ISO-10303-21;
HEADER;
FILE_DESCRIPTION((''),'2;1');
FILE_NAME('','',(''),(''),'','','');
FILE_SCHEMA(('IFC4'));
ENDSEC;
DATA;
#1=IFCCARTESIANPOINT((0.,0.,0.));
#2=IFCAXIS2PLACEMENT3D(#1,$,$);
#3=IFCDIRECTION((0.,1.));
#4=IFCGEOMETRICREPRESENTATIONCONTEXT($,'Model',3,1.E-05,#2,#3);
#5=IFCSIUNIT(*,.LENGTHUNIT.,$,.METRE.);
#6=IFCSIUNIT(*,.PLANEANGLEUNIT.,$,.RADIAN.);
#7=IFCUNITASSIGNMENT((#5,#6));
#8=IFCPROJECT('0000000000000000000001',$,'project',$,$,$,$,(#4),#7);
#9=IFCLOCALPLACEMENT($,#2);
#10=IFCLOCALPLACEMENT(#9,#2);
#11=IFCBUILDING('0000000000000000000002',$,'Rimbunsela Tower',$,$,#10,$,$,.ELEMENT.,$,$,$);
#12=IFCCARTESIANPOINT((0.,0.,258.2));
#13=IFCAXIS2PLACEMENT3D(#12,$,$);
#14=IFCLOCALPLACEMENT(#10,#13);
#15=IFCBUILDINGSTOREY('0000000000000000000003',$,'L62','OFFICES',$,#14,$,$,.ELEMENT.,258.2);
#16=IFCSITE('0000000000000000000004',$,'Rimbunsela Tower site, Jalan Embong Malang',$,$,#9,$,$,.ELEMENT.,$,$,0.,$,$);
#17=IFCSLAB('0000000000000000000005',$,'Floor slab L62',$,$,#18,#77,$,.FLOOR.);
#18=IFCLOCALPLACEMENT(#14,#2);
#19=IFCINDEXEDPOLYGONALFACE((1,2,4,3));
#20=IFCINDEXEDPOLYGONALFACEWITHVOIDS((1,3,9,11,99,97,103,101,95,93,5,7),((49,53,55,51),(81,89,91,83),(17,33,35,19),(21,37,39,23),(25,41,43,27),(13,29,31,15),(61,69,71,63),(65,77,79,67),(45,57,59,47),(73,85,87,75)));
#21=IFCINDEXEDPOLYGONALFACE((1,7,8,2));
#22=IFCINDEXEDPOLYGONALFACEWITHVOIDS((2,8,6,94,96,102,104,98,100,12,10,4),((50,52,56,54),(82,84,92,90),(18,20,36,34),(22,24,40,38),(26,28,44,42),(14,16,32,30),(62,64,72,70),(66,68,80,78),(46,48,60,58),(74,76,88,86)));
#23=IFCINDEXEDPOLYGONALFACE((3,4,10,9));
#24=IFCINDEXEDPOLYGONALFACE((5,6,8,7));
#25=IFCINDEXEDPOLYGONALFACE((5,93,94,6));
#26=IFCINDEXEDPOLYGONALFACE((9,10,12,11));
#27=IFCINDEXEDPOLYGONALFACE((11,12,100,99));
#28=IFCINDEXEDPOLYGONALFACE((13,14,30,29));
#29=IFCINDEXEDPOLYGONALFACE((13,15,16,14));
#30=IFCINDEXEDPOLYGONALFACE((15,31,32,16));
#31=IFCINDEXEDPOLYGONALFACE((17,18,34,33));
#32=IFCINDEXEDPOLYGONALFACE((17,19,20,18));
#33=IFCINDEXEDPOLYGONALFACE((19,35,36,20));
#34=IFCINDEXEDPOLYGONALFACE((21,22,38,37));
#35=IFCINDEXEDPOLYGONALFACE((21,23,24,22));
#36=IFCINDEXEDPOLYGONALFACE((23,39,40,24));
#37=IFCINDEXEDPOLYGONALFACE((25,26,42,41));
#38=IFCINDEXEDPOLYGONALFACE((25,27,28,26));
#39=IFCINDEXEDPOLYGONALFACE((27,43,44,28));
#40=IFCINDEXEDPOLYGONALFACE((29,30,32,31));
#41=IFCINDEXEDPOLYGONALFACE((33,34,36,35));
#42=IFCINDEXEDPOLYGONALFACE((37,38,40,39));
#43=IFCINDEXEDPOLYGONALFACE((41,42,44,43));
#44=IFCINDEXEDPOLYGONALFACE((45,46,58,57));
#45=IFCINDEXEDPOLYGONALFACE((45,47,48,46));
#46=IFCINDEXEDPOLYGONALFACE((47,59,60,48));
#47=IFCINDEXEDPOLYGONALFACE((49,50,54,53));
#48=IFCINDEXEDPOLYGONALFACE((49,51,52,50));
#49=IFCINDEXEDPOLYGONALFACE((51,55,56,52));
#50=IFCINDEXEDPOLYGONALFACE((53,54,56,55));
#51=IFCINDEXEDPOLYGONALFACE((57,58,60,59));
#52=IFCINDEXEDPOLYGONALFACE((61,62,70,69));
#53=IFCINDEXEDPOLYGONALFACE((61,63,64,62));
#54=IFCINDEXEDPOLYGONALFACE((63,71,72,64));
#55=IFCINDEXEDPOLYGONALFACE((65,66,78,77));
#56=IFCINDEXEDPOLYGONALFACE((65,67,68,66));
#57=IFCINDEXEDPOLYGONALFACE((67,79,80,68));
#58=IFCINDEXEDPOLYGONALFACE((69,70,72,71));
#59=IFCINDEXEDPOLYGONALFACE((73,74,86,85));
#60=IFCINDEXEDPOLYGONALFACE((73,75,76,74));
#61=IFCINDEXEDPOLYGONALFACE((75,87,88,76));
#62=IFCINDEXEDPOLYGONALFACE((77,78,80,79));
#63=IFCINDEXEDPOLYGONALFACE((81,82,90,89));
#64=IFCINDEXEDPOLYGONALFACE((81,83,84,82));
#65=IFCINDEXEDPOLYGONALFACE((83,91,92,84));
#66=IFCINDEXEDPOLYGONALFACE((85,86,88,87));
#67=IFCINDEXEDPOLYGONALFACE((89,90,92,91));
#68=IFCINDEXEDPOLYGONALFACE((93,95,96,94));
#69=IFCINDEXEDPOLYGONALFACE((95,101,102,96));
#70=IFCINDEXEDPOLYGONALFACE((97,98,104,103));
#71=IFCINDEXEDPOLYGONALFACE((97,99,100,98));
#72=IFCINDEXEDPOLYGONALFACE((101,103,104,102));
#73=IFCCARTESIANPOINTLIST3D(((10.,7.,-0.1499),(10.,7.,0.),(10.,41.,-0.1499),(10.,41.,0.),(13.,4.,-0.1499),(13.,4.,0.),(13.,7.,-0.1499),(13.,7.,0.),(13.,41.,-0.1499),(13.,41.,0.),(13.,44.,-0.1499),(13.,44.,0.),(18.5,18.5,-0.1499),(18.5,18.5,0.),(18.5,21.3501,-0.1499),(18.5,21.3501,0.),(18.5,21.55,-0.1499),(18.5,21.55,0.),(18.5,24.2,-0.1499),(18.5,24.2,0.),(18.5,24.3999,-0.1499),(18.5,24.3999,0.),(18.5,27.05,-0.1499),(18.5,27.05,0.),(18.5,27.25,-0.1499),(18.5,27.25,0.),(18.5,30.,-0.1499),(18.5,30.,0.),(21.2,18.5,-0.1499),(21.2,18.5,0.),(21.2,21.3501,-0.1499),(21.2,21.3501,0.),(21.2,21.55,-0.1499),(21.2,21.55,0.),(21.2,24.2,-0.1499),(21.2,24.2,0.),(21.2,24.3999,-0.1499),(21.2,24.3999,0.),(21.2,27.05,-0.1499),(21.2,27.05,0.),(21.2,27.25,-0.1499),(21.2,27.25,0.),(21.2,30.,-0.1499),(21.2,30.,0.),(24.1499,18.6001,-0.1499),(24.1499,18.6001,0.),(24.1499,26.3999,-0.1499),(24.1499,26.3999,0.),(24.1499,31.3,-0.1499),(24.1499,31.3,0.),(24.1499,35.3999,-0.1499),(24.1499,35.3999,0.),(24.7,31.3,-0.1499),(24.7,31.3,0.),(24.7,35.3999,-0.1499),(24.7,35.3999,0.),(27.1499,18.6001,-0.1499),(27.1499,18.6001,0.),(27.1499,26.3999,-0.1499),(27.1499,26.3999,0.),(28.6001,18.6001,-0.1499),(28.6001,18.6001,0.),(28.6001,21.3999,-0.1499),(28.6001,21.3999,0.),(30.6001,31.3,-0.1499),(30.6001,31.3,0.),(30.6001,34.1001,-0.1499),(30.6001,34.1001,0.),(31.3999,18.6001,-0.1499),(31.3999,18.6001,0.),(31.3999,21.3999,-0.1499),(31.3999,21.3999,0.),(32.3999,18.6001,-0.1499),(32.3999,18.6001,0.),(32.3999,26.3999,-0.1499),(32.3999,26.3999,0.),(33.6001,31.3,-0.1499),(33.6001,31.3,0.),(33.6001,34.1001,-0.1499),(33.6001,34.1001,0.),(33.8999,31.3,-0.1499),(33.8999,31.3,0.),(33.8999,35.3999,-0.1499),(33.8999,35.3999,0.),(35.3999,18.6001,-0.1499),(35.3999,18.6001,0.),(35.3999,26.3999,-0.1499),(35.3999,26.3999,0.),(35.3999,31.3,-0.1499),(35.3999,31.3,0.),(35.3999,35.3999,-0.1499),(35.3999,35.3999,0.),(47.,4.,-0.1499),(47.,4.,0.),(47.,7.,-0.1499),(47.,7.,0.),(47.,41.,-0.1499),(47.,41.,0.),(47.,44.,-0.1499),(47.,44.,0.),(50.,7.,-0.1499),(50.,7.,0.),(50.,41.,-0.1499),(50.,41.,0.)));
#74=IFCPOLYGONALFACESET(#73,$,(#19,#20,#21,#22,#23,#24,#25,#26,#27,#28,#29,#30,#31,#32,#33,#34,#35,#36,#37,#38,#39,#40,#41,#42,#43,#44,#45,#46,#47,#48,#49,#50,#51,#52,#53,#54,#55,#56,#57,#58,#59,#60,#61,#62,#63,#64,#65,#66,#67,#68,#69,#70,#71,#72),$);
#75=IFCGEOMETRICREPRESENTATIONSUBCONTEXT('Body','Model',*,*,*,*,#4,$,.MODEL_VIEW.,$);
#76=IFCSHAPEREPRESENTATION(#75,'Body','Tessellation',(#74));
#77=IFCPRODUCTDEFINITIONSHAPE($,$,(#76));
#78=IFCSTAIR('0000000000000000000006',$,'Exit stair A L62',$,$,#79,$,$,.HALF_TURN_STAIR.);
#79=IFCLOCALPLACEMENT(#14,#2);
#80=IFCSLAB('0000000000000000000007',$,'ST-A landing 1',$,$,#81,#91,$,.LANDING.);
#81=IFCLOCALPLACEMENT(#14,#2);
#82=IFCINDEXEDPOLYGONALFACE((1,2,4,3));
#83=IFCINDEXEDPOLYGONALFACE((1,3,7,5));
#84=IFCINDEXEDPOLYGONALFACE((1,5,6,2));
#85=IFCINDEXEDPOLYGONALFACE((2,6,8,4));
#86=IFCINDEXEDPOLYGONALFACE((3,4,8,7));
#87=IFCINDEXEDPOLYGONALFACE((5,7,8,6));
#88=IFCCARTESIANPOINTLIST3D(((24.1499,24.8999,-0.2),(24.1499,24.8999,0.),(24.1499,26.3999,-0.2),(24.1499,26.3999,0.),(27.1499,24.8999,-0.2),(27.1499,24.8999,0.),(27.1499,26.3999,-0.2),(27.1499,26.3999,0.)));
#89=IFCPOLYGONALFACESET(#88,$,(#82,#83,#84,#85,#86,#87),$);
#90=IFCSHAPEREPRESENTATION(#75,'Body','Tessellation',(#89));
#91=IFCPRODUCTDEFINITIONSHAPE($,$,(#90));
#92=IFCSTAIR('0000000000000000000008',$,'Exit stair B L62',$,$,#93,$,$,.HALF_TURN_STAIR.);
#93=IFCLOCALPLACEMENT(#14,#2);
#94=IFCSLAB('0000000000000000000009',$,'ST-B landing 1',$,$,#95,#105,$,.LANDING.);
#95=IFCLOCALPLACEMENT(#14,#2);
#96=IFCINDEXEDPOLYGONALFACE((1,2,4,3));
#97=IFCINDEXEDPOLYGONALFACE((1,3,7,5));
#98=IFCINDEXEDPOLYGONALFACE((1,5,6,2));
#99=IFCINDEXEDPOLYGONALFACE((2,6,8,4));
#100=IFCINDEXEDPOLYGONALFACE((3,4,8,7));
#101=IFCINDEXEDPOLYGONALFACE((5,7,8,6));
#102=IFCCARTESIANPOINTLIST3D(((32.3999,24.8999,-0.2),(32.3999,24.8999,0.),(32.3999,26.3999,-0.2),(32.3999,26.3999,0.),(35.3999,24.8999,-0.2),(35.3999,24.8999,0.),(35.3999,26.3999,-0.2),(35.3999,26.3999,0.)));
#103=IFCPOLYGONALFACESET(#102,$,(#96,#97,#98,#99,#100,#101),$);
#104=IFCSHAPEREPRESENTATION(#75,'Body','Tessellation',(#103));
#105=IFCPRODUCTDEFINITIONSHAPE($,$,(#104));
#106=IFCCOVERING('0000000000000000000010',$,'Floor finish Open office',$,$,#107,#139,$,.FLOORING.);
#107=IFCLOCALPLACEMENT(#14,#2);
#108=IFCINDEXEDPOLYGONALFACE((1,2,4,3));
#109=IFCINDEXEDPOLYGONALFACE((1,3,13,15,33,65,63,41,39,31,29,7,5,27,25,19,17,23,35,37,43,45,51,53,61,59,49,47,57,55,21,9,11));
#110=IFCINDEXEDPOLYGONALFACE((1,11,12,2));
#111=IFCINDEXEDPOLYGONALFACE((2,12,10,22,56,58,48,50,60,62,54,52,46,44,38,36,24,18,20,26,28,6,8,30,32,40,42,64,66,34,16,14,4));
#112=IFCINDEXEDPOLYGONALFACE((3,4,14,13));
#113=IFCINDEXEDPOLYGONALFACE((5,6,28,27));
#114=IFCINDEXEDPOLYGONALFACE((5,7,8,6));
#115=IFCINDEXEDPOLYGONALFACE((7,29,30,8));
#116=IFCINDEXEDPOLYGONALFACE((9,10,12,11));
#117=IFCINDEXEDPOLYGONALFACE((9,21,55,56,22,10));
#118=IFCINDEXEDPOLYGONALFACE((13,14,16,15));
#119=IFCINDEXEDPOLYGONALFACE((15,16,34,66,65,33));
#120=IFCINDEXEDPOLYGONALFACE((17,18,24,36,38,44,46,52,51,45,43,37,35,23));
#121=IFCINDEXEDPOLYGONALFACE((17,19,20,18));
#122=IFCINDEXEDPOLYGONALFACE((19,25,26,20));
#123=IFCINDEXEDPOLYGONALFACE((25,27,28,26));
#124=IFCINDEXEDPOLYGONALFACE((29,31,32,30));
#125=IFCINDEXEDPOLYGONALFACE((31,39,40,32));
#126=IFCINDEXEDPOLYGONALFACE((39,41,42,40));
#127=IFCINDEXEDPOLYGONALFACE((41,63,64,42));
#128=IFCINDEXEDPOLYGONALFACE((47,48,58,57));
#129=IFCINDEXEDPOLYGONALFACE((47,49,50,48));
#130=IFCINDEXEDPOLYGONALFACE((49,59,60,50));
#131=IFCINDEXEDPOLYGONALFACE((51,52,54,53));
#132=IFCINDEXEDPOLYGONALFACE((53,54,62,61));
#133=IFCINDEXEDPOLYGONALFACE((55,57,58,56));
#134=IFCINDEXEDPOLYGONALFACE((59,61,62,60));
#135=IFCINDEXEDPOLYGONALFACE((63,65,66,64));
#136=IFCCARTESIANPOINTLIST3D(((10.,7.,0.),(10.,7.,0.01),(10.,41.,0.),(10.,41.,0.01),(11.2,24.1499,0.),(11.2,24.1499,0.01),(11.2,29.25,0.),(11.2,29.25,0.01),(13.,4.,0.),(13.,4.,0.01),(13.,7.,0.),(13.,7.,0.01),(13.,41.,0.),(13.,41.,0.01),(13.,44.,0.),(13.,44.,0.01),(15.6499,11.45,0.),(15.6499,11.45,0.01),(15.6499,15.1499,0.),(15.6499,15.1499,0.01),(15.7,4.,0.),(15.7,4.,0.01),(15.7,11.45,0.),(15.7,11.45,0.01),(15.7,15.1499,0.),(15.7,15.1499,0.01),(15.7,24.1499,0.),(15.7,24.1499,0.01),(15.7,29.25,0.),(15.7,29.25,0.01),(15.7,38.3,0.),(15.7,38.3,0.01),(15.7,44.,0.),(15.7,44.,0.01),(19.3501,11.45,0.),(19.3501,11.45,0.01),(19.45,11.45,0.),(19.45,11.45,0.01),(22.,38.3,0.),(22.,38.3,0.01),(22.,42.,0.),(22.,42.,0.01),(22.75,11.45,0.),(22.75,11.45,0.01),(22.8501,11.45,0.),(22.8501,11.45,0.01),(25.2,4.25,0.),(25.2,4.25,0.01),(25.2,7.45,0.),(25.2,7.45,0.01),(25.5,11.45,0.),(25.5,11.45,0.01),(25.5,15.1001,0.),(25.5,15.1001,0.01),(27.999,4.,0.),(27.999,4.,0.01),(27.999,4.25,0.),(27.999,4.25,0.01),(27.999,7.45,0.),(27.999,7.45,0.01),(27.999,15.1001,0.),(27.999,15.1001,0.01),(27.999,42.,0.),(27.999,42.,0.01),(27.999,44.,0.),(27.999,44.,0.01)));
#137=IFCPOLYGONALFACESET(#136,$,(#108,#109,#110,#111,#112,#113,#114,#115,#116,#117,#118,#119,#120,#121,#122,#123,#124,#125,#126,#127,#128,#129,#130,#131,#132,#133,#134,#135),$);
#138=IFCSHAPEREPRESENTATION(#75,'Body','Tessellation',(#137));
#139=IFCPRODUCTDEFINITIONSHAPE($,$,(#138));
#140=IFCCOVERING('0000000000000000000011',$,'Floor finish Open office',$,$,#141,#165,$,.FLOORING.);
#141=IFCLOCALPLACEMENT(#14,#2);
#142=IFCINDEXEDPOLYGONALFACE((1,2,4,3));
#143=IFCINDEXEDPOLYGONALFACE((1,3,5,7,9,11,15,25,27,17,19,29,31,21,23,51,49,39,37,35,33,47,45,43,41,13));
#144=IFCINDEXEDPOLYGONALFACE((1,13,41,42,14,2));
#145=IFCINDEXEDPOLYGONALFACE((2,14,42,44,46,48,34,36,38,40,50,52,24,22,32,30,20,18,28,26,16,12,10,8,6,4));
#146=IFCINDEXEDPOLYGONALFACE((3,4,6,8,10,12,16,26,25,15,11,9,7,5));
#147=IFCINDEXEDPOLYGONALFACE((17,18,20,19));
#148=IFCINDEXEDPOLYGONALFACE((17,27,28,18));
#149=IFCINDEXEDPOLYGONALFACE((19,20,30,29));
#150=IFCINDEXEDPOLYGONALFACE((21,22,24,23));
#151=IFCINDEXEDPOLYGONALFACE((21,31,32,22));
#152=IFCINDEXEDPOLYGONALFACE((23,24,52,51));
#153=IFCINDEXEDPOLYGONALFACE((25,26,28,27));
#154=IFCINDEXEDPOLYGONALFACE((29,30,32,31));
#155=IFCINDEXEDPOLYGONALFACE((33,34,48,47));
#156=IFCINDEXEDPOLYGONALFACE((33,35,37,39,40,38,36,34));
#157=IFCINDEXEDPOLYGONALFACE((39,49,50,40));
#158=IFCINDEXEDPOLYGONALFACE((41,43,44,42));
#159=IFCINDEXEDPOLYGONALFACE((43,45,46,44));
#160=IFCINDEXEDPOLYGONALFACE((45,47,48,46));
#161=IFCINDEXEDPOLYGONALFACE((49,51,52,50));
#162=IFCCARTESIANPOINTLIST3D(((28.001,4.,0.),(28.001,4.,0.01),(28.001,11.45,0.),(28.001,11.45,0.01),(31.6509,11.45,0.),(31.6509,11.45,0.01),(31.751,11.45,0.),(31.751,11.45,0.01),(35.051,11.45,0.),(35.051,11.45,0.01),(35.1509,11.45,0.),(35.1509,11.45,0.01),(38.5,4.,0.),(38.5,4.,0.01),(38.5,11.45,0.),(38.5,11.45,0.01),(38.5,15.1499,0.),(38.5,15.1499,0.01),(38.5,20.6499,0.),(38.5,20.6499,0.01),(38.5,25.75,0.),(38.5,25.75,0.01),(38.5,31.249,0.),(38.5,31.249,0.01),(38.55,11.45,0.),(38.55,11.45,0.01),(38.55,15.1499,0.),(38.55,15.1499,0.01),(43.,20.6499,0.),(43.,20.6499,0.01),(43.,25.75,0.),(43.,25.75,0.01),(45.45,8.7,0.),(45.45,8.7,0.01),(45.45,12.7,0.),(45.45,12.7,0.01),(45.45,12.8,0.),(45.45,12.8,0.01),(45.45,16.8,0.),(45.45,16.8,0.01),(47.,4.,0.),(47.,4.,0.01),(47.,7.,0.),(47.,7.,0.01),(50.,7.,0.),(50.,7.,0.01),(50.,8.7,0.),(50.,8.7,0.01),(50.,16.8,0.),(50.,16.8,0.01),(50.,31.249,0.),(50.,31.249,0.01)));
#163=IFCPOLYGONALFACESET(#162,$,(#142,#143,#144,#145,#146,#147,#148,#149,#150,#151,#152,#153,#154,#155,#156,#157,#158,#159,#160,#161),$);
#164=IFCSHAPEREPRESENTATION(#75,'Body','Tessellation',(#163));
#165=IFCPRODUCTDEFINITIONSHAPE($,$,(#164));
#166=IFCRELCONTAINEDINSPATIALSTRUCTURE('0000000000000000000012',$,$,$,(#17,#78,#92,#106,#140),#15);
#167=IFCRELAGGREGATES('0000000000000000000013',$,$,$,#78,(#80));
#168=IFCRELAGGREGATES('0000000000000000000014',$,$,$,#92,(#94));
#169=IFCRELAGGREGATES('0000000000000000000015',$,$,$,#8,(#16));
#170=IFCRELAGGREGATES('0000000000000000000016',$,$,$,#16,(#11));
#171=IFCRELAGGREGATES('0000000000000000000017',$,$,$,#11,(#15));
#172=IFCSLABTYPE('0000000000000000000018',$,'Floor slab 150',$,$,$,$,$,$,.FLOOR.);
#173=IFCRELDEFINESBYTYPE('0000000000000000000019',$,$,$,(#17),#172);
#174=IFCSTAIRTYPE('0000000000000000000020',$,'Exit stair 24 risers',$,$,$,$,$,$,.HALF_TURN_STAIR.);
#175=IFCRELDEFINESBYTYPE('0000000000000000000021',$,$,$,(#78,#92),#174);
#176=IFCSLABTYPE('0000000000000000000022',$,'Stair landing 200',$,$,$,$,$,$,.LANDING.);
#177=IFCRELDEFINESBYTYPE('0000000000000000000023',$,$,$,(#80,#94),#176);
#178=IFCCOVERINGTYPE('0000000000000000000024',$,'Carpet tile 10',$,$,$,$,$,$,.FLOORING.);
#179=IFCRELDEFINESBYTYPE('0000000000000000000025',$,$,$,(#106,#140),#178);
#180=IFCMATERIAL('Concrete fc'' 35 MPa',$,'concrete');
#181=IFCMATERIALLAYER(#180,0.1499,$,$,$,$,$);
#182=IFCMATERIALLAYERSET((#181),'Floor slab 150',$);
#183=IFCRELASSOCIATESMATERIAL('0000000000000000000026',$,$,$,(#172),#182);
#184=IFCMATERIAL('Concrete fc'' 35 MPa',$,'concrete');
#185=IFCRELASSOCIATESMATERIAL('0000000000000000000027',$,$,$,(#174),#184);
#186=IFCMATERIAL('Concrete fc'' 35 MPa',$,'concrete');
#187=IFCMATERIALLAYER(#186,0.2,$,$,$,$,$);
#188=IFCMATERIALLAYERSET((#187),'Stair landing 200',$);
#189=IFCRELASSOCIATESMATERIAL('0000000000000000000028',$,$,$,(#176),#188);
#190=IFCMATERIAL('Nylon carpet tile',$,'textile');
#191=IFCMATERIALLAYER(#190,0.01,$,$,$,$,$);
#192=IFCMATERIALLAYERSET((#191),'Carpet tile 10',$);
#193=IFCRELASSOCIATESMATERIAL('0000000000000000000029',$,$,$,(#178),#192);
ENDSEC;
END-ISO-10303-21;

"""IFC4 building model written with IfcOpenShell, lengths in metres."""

from ifc_helpers import new_model, si_unit, direction, frame, origin, place, context, subcontext, project, spatial, polyline, outline, extrude, material, layer, layer_set, type_object, element, aggregate, save


model = new_model("IFC4")

# Units and contexts
model_context = context("Model", 3, precision=1e-05, world=origin(), true_north=direction((0.0, 1.0)))
body_context = subcontext(model_context, "Body", "Model", "MODEL_VIEW")
ifc_project = project(units=[si_unit("LENGTHUNIT", "METRE"), si_unit("PLANEANGLEUNIT", "RADIAN")], contexts=[model_context])

# Site, building, storey
site_placement = place(None, origin())
site = spatial("IfcSite", under=ifc_project, at=site_placement, Name="Rimbunsela Tower site, Jalan Embong Malang", CompositionType="ELEMENT", RefElevation=0.0)
building_placement = place(site_placement, origin())
building = spatial("IfcBuilding", under=site, at=building_placement, Name="Rimbunsela Tower", CompositionType="ELEMENT")
storey_placement = place(building_placement, frame((0.0, 0.0, 258.2)))
storey = spatial("IfcBuildingStorey", under=building, at=storey_placement, Name="L62", Description="OFFICES", CompositionType="ELEMENT", Elevation=258.2)

# Slab
ifc_material_1 = material(Name="Concrete fc' 35 MPa", Category="concrete")
ifc_layer_1 = layer(ifc_material_1, 0.1499)
ifc_layer_set_1 = layer_set([ifc_layer_1], Name="Floor slab 150")
slab_type_1 = type_object("IfcSlabType", Name="Floor slab 150", PredefinedType="FLOOR", material=ifc_layer_set_1)
slab_1_placement = place(storey_placement, frame((0.0, 0.0, -0.1499)))
element("IfcSlab", 1, at=slab_1_placement, inside=storey, type_object=slab_type_1, Name="Floor slab L62", PredefinedType="FLOOR", context=body_context, shape_type="SweptSolid", body=[
    extrude(outline(polyline([(13.0, 4.0), (47.0, 4.0), (47.0, 7.0), (50.0, 7.0), (50.0, 41.0), (47.0, 41.0), (47.0, 44.0), (13.0, 44.0), (13.0, 41.0), (10.0, 41.0), (10.0, 7.0), (13.0, 7.0), (13.0, 4.0)]), holes=[polyline([(21.2, 21.3501), (18.5, 21.3501), (18.5, 18.5), (21.2, 18.5), (21.2, 21.3501)]), polyline([(21.2, 21.55), (21.2, 24.2), (18.5, 24.2), (18.5, 21.55), (21.2, 21.55)]), polyline([(21.2, 27.05), (18.5, 27.05), (18.5, 24.3999), (21.2, 24.3999), (21.2, 27.05)]), polyline([(21.2, 30.0), (18.5, 30.0), (18.5, 27.25), (21.2, 27.25), (21.2, 30.0)]), polyline([(27.1499, 26.3999), (24.1499, 26.3999), (24.1499, 18.6001), (27.1499, 18.6001), (27.1499, 26.3999)]), polyline([(24.7, 31.3), (24.7, 35.3999), (24.1499, 35.3999), (24.1499, 31.3), (24.7, 31.3)]), polyline([(31.3999, 21.3999), (28.6001, 21.3999), (28.6001, 18.6001), (31.3999, 18.6001), (31.3999, 21.3999)]), polyline([(33.6001, 34.1001), (30.6001, 34.1001), (30.6001, 31.3), (33.6001, 31.3), (33.6001, 34.1001)]), polyline([(35.3999, 18.6001), (35.3999, 26.3999), (32.3999, 26.3999), (32.3999, 18.6001), (35.3999, 18.6001)]), polyline([(35.3999, 31.3), (35.3999, 35.3999), (33.8999, 35.3999), (33.8999, 31.3), (35.3999, 31.3)])]), origin(), (0.0, 0.0, 1.0), 0.1499),
])

# Stairs, slabs
ifc_material_2 = material(Name="Concrete fc' 35 MPa", Category="concrete")
stair_type = type_object("IfcStairType", Name="Exit stair 24 risers", PredefinedType="HALF_TURN_STAIR", material=ifc_material_2)
stair_1_placement = place(storey_placement, origin())
stair_1 = element("IfcStair", 2, at=stair_1_placement, inside=storey, type_object=stair_type, Name="Exit stair A L62", PredefinedType="HALF_TURN_STAIR")
ifc_material_3 = material(Name="Concrete fc' 35 MPa", Category="concrete")
ifc_layer_2 = layer(ifc_material_3, 0.2)
ifc_layer_set_2 = layer_set([ifc_layer_2], Name="Stair landing 200")
slab_type_2 = type_object("IfcSlabType", Name="Stair landing 200", PredefinedType="LANDING", material=ifc_layer_set_2)
slab_2_placement = place(storey_placement, frame((0.0, 0.0, -0.2)))
slab_2 = element("IfcSlab", 3, at=slab_2_placement, type_object=slab_type_2, Name="ST-A landing 1", PredefinedType="LANDING", context=body_context, shape_type="SweptSolid", body=[
    extrude(outline(polyline([(24.1499, 24.8999), (27.1499, 24.8999), (27.1499, 26.3999), (24.1499, 26.3999), (24.1499, 24.8999)])), origin(), (0.0, 0.0, 1.0), 0.2),
])
aggregate(stair_1, [slab_2])
stair_2_placement = place(storey_placement, origin())
stair_2 = element("IfcStair", 4, at=stair_2_placement, inside=storey, type_object=stair_type, Name="Exit stair B L62", PredefinedType="HALF_TURN_STAIR")
slab_3_placement = place(storey_placement, frame((0.0, 0.0, -0.2)))
slab_3 = element("IfcSlab", 5, at=slab_3_placement, type_object=slab_type_2, Name="ST-B landing 1", PredefinedType="LANDING", context=body_context, shape_type="SweptSolid", body=[
    extrude(outline(polyline([(32.3999, 24.8999), (35.3999, 24.8999), (35.3999, 26.3999), (32.3999, 26.3999), (32.3999, 24.8999)])), origin(), (0.0, 0.0, 1.0), 0.2),
])
aggregate(stair_2, [slab_3])

# Coverings
ifc_material_4 = material(Name="Nylon carpet tile", Category="textile")
ifc_layer_3 = layer(ifc_material_4, 0.01)
ifc_layer_set_3 = layer_set([ifc_layer_3], Name="Carpet tile 10")
covering_type_1 = type_object("IfcCoveringType", Name="Carpet tile 10", PredefinedType="FLOORING", material=ifc_layer_set_3)
covering_1_placement = place(storey_placement, origin())
element("IfcCovering", 6, at=covering_1_placement, inside=storey, type_object=covering_type_1, Name="Floor finish Open office", PredefinedType="FLOORING", context=body_context, shape_type="SweptSolid", body=[
    extrude(outline(polyline([(19.45, 11.45), (22.75, 11.45), (22.8501, 11.45), (25.5, 11.45), (25.5, 15.1001), (27.999, 15.1001), (27.999, 7.45), (25.2, 7.45), (25.2, 4.25), (27.999, 4.25), (27.999, 4.0), (15.7, 4.0), (13.0, 4.0), (13.0, 7.0), (10.0, 7.0), (10.0, 41.0), (13.0, 41.0), (13.0, 44.0), (15.7, 44.0), (27.999, 44.0), (27.999, 42.0), (22.0, 42.0), (22.0, 38.3), (15.7, 38.3), (15.7, 29.25), (11.2, 29.25), (11.2, 24.1499), (15.7, 24.1499), (15.7, 15.1499), (15.6499, 15.1499), (15.6499, 11.45), (15.7, 11.45), (19.3501, 11.45), (19.45, 11.45)])), origin(), (0.0, 0.0, 1.0), 0.01),
])
covering_2_placement = place(storey_placement, origin())
element("IfcCovering", 7, at=covering_2_placement, inside=storey, type_object=covering_type_1, Name="Floor finish Open office", PredefinedType="FLOORING", context=body_context, shape_type="SweptSolid", body=[
    extrude(outline(polyline([(28.001, 11.45), (31.6509, 11.45), (31.751, 11.45), (35.051, 11.45), (35.1509, 11.45), (38.5, 11.45), (38.55, 11.45), (38.55, 15.1499), (38.5, 15.1499), (38.5, 20.6499), (43.0, 20.6499), (43.0, 25.75), (38.5, 25.75), (38.5, 31.249), (50.0, 31.249), (50.0, 16.8), (45.45, 16.8), (45.45, 12.8), (45.45, 12.7), (45.45, 8.7), (50.0, 8.7), (50.0, 7.0), (47.0, 7.0), (47.0, 4.0), (38.5, 4.0), (28.001, 4.0), (28.001, 11.45)])), origin(), (0.0, 0.0, 1.0), 0.01),
])

save(model, "model.ifc")
